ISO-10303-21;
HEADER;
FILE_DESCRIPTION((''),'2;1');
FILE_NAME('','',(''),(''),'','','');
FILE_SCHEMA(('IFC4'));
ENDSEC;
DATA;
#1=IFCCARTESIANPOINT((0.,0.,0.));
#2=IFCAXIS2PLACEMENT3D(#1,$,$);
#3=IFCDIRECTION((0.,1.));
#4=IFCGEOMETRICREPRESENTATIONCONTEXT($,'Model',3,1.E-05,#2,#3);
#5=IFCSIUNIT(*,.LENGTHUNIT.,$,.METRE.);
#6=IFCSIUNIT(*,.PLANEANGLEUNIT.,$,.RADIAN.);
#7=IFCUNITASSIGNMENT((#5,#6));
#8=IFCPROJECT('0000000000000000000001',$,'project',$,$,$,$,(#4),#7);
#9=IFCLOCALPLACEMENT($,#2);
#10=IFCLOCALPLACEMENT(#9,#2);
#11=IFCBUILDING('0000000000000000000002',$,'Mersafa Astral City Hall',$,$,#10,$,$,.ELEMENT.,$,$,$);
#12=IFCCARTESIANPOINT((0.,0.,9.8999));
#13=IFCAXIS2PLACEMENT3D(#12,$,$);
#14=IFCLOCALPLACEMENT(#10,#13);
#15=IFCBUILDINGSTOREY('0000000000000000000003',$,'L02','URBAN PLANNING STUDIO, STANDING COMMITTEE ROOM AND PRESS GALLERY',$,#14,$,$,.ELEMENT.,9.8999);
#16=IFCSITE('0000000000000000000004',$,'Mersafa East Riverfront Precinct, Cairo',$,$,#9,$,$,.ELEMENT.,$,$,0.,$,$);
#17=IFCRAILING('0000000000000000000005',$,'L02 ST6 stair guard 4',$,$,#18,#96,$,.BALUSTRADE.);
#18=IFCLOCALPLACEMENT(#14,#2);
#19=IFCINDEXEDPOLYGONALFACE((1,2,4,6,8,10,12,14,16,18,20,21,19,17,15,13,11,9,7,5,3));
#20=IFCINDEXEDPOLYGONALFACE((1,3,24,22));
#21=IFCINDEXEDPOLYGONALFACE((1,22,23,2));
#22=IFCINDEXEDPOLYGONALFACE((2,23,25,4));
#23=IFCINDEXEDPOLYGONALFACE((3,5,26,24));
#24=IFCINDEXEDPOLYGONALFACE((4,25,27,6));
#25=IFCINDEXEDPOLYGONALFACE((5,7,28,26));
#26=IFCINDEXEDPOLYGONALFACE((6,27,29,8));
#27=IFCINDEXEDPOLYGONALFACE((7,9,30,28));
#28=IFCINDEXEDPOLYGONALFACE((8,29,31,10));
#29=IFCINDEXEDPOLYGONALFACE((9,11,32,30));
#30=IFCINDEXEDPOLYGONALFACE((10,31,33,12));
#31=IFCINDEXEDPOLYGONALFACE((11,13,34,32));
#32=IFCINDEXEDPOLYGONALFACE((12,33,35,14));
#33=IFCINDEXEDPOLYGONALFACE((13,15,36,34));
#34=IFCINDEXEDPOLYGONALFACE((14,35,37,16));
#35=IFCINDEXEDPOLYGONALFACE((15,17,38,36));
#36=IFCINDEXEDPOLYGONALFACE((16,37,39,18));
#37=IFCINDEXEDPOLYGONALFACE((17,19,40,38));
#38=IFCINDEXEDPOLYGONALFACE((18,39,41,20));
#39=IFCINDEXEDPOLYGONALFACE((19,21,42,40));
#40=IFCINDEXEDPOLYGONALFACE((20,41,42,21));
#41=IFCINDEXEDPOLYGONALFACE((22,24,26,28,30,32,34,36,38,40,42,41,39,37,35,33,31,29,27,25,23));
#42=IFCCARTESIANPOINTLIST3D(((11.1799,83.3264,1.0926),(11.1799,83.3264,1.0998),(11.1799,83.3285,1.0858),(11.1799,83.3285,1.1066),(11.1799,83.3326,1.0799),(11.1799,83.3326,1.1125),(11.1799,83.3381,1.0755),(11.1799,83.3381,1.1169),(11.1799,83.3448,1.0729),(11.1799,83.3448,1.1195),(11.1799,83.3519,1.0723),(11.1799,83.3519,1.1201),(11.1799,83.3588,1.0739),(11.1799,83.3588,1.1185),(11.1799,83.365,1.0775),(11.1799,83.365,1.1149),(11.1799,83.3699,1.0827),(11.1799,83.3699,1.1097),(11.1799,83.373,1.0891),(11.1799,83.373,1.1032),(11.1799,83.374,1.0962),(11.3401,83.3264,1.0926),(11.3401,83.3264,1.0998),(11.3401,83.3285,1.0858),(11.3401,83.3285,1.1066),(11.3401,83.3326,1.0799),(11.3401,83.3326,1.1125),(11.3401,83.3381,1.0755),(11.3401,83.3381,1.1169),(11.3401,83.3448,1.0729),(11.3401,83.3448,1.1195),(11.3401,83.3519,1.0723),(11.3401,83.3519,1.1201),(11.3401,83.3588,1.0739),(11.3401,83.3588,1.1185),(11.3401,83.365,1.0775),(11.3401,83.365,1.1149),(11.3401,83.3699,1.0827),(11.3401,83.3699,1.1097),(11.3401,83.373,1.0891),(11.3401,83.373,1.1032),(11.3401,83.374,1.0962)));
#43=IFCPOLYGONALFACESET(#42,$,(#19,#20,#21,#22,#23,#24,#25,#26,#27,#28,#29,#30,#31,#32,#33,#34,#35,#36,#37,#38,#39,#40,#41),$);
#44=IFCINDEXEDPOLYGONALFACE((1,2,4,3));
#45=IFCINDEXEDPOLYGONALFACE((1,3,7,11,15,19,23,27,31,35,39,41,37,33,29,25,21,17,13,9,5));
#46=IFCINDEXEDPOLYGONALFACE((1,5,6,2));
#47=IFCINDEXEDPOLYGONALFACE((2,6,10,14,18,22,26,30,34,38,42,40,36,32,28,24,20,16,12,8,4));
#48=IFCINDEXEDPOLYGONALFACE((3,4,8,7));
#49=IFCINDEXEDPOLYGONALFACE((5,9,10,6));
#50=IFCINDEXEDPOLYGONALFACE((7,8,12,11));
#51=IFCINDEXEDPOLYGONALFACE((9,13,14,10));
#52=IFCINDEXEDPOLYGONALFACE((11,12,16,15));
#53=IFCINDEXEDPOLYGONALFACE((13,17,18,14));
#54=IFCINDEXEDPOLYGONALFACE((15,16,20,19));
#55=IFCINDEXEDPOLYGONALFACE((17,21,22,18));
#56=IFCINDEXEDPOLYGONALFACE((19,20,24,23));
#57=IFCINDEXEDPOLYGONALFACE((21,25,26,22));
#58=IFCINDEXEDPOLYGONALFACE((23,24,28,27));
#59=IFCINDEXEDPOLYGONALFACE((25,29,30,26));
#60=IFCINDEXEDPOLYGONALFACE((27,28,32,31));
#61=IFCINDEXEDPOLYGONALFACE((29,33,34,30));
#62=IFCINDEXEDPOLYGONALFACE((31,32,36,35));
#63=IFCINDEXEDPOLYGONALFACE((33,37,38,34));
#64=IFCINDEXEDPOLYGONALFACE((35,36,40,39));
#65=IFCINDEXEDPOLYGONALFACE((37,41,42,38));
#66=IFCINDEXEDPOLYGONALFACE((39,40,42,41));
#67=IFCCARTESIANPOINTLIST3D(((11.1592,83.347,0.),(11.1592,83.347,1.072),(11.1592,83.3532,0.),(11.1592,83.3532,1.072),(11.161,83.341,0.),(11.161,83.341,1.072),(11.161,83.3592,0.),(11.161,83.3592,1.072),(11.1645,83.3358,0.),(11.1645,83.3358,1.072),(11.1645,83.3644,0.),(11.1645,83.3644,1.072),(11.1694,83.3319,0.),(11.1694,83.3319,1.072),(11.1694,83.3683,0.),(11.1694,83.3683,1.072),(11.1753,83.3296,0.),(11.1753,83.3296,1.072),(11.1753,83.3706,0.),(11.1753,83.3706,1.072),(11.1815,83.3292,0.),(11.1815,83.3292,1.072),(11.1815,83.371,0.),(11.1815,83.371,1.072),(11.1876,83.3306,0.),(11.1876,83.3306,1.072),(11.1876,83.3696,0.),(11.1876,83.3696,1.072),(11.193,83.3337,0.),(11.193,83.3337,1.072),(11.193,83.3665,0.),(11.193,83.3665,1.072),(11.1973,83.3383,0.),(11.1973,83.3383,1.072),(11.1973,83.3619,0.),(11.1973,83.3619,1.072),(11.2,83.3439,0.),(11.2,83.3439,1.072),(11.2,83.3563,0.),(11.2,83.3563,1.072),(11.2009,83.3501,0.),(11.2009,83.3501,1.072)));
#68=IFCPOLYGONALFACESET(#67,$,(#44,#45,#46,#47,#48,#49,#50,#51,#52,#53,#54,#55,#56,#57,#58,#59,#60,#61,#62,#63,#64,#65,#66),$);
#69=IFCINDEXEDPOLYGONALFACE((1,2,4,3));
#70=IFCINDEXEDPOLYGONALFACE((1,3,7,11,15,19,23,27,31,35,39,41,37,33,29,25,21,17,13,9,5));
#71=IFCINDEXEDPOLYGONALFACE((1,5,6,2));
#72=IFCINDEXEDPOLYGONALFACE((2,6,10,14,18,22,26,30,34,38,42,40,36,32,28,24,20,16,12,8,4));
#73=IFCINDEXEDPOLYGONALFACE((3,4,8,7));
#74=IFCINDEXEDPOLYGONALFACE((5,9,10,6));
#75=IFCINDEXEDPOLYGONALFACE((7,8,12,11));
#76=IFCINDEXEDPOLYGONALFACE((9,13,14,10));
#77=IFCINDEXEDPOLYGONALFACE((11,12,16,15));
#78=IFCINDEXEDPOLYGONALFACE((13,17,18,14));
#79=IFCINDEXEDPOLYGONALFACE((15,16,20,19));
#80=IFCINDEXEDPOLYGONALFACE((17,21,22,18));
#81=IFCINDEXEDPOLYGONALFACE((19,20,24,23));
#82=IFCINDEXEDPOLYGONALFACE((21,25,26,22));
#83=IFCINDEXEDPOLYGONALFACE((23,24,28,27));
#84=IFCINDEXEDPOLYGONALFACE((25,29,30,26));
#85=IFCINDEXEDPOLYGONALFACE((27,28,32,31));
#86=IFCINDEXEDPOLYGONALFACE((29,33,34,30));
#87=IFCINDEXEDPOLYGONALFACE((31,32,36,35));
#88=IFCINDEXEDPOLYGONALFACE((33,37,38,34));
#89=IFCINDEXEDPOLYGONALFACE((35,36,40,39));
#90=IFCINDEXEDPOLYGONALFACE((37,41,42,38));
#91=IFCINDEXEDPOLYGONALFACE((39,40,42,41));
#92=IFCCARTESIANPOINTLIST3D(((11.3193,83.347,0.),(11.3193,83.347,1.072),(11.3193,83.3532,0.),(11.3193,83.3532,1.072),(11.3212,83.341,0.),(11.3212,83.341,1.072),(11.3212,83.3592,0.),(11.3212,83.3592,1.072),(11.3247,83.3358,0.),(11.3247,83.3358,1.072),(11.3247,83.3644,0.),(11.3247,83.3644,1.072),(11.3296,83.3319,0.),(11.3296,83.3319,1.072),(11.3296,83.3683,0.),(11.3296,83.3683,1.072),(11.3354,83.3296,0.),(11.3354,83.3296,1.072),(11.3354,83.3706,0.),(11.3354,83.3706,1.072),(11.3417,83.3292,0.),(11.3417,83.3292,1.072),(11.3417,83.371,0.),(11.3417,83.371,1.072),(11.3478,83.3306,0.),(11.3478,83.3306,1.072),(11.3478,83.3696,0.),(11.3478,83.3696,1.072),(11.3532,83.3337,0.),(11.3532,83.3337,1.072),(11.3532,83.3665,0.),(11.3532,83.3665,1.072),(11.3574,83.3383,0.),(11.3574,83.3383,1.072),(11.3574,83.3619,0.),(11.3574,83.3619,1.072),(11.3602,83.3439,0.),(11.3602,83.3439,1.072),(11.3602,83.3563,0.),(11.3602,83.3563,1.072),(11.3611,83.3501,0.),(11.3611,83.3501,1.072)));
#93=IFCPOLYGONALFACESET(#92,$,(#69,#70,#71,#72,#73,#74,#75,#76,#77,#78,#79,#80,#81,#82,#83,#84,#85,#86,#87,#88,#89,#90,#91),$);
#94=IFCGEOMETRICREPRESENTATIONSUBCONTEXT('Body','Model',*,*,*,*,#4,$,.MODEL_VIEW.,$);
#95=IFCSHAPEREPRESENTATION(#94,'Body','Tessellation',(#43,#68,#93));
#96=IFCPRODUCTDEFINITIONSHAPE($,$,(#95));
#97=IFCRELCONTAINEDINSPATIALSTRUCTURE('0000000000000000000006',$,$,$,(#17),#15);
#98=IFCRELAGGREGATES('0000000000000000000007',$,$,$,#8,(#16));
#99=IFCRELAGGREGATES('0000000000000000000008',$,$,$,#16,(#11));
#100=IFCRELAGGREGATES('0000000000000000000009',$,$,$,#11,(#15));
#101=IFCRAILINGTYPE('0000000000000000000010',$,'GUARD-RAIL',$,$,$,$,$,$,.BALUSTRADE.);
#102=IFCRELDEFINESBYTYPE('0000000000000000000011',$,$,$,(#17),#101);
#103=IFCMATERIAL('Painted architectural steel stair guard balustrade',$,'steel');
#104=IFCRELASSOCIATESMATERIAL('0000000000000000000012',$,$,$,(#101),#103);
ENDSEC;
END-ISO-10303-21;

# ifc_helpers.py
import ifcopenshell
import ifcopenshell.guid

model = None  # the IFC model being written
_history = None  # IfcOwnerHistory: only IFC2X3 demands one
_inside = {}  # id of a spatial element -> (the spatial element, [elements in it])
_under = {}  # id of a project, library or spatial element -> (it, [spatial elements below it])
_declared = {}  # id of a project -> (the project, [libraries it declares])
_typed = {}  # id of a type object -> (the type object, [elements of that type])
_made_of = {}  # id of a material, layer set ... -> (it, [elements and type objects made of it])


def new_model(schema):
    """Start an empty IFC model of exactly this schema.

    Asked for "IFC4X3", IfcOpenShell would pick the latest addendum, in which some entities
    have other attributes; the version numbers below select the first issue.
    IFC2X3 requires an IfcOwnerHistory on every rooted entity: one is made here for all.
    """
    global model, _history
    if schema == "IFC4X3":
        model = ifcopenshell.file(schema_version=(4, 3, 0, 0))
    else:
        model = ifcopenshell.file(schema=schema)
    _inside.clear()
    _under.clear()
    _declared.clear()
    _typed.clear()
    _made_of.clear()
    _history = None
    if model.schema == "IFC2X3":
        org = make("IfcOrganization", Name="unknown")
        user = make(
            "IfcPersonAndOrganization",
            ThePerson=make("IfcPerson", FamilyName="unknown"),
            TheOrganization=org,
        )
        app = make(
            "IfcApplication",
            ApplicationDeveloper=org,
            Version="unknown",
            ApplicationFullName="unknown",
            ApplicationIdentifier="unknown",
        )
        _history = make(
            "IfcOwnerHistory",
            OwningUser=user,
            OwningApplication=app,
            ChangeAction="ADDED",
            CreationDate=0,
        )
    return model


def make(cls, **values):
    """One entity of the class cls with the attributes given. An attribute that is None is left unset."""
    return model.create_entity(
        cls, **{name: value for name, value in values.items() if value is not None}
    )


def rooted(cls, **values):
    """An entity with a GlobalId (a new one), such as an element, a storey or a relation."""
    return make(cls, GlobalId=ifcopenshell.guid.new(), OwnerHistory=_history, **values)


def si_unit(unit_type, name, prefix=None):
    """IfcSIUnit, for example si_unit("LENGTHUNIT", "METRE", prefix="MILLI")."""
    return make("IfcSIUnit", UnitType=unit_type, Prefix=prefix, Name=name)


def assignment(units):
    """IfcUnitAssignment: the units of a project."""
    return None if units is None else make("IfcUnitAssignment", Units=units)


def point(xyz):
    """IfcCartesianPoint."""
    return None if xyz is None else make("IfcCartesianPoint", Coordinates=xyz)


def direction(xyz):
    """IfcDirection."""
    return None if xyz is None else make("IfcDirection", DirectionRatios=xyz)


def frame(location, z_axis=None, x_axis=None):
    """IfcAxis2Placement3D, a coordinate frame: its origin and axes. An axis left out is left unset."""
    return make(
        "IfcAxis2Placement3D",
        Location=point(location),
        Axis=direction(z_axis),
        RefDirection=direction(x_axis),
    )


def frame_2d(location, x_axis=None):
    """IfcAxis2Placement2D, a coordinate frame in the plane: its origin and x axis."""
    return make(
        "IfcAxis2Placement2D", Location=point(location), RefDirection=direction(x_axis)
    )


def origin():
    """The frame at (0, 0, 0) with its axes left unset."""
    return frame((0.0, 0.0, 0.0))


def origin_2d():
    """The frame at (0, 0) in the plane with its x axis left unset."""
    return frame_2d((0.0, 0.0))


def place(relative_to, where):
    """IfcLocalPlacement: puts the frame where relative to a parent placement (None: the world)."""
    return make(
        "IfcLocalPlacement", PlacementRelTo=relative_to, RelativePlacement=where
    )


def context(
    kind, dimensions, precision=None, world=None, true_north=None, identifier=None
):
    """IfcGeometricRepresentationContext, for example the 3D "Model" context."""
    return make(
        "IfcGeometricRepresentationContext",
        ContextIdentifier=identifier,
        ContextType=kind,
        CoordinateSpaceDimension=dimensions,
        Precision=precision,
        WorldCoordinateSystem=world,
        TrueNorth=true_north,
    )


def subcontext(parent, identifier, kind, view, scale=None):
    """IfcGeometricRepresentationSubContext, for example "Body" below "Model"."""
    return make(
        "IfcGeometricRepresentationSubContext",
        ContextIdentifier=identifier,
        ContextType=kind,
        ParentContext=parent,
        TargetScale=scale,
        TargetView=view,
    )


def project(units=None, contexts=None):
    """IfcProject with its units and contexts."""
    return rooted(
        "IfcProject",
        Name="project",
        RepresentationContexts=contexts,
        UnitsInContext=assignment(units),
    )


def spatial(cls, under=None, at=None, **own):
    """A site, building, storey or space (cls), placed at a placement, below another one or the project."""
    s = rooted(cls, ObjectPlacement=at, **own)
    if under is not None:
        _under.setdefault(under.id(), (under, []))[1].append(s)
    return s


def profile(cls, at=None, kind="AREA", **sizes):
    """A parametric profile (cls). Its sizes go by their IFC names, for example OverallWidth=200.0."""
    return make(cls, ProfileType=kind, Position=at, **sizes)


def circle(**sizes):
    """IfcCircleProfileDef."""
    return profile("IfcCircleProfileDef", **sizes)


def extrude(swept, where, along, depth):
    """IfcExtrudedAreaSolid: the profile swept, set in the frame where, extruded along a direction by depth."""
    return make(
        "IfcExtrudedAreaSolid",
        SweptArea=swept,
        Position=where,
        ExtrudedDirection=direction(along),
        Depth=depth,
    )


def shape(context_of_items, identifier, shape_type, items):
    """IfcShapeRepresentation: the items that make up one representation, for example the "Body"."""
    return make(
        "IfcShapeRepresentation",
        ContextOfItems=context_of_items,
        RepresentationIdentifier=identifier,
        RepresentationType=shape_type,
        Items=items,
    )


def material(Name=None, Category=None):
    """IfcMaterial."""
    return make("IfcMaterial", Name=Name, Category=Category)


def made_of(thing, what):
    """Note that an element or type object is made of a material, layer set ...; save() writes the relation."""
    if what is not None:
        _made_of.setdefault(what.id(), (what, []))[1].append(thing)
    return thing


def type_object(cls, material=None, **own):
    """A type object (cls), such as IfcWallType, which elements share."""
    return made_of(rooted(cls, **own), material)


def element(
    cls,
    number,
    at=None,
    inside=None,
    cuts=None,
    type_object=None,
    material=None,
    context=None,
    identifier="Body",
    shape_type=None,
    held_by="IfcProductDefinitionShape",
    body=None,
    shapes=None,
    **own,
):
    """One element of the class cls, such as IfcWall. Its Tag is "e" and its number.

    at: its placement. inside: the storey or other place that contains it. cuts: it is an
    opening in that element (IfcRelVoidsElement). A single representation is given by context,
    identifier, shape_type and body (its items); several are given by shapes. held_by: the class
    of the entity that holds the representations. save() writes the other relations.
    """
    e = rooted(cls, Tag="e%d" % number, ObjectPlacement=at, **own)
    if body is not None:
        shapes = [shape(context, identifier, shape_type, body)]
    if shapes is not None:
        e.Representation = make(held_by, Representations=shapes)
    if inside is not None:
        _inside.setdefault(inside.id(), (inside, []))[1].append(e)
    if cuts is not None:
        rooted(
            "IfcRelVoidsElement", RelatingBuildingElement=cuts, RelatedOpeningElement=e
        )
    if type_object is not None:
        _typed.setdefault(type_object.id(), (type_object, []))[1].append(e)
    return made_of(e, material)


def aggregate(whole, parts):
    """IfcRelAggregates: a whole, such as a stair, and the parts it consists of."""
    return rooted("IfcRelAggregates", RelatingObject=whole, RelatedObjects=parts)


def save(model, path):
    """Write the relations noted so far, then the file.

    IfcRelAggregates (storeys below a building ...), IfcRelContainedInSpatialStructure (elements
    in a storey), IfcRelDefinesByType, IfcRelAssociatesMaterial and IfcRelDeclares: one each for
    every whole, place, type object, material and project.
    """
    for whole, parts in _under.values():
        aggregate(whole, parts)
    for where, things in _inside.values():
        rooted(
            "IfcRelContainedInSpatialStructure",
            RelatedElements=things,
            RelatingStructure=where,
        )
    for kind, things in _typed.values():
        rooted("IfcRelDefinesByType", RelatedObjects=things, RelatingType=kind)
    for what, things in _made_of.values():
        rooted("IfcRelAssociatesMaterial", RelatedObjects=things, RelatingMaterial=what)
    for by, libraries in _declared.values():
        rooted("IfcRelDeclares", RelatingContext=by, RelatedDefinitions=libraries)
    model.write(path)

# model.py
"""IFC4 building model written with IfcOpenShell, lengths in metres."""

from ifc_helpers import new_model, si_unit, direction, frame, origin, origin_2d, place, context, subcontext, project, spatial, circle, extrude, material, type_object, element, save


model = new_model("IFC4")

# Units and contexts
model_context = context("Model", 3, precision=1e-05, world=origin(), true_north=direction((0.0, 1.0)))
body_context = subcontext(model_context, "Body", "Model", "MODEL_VIEW")
ifc_project = project(units=[si_unit("LENGTHUNIT", "METRE"), si_unit("PLANEANGLEUNIT", "RADIAN")], contexts=[model_context])

# Site, building, storey
site_placement = place(None, origin())
site = spatial("IfcSite", under=ifc_project, at=site_placement, Name="Mersafa East Riverfront Precinct, Cairo", CompositionType="ELEMENT", RefElevation=0.0)
building_placement = place(site_placement, origin())
building = spatial("IfcBuilding", under=site, at=building_placement, Name="Mersafa Astral City Hall", CompositionType="ELEMENT")
storey_placement = place(building_placement, frame((0.0, 0.0, 9.8999)))
storey = spatial("IfcBuildingStorey", under=building, at=storey_placement, Name="L02", Description="URBAN PLANNING STUDIO, STANDING COMMITTEE ROOM AND PRESS GALLERY", CompositionType="ELEMENT", Elevation=9.8999)

# Railing
ifc_material_1 = material(Name="Painted architectural steel stair guard balustrade", Category="steel")
railing_type_1 = type_object("IfcRailingType", Name="GUARD-RAIL", PredefinedType="BALUSTRADE", material=ifc_material_1)
railing_1_placement = place(storey_placement, frame((11.1799, 83.3501, 0.0)))
element("IfcRailing", 1, at=railing_1_placement, inside=storey, type_object=railing_type_1, Name="L02 ST6 stair guard 4", PredefinedType="BALUSTRADE", context=body_context, shape_type="SweptSolid", body=[
    extrude(circle(Radius=0.0239, at=origin_2d()), frame((0.0, 0.0, 1.0962), z_axis=(1.0, 0.0, 0.0), x_axis=(0.0, 1.0, 0.0)), (0.0, 0.0, 1.0), 0.1602),
    extrude(circle(Radius=0.021, at=origin_2d()), origin(), (0.0, 0.0, 1.0), 1.072),
    extrude(circle(Radius=0.021, at=origin_2d()), frame((0.1602, 0.0, 0.0)), (0.0, 0.0, 1.0), 1.072),
])

save(model, "model.ifc")
